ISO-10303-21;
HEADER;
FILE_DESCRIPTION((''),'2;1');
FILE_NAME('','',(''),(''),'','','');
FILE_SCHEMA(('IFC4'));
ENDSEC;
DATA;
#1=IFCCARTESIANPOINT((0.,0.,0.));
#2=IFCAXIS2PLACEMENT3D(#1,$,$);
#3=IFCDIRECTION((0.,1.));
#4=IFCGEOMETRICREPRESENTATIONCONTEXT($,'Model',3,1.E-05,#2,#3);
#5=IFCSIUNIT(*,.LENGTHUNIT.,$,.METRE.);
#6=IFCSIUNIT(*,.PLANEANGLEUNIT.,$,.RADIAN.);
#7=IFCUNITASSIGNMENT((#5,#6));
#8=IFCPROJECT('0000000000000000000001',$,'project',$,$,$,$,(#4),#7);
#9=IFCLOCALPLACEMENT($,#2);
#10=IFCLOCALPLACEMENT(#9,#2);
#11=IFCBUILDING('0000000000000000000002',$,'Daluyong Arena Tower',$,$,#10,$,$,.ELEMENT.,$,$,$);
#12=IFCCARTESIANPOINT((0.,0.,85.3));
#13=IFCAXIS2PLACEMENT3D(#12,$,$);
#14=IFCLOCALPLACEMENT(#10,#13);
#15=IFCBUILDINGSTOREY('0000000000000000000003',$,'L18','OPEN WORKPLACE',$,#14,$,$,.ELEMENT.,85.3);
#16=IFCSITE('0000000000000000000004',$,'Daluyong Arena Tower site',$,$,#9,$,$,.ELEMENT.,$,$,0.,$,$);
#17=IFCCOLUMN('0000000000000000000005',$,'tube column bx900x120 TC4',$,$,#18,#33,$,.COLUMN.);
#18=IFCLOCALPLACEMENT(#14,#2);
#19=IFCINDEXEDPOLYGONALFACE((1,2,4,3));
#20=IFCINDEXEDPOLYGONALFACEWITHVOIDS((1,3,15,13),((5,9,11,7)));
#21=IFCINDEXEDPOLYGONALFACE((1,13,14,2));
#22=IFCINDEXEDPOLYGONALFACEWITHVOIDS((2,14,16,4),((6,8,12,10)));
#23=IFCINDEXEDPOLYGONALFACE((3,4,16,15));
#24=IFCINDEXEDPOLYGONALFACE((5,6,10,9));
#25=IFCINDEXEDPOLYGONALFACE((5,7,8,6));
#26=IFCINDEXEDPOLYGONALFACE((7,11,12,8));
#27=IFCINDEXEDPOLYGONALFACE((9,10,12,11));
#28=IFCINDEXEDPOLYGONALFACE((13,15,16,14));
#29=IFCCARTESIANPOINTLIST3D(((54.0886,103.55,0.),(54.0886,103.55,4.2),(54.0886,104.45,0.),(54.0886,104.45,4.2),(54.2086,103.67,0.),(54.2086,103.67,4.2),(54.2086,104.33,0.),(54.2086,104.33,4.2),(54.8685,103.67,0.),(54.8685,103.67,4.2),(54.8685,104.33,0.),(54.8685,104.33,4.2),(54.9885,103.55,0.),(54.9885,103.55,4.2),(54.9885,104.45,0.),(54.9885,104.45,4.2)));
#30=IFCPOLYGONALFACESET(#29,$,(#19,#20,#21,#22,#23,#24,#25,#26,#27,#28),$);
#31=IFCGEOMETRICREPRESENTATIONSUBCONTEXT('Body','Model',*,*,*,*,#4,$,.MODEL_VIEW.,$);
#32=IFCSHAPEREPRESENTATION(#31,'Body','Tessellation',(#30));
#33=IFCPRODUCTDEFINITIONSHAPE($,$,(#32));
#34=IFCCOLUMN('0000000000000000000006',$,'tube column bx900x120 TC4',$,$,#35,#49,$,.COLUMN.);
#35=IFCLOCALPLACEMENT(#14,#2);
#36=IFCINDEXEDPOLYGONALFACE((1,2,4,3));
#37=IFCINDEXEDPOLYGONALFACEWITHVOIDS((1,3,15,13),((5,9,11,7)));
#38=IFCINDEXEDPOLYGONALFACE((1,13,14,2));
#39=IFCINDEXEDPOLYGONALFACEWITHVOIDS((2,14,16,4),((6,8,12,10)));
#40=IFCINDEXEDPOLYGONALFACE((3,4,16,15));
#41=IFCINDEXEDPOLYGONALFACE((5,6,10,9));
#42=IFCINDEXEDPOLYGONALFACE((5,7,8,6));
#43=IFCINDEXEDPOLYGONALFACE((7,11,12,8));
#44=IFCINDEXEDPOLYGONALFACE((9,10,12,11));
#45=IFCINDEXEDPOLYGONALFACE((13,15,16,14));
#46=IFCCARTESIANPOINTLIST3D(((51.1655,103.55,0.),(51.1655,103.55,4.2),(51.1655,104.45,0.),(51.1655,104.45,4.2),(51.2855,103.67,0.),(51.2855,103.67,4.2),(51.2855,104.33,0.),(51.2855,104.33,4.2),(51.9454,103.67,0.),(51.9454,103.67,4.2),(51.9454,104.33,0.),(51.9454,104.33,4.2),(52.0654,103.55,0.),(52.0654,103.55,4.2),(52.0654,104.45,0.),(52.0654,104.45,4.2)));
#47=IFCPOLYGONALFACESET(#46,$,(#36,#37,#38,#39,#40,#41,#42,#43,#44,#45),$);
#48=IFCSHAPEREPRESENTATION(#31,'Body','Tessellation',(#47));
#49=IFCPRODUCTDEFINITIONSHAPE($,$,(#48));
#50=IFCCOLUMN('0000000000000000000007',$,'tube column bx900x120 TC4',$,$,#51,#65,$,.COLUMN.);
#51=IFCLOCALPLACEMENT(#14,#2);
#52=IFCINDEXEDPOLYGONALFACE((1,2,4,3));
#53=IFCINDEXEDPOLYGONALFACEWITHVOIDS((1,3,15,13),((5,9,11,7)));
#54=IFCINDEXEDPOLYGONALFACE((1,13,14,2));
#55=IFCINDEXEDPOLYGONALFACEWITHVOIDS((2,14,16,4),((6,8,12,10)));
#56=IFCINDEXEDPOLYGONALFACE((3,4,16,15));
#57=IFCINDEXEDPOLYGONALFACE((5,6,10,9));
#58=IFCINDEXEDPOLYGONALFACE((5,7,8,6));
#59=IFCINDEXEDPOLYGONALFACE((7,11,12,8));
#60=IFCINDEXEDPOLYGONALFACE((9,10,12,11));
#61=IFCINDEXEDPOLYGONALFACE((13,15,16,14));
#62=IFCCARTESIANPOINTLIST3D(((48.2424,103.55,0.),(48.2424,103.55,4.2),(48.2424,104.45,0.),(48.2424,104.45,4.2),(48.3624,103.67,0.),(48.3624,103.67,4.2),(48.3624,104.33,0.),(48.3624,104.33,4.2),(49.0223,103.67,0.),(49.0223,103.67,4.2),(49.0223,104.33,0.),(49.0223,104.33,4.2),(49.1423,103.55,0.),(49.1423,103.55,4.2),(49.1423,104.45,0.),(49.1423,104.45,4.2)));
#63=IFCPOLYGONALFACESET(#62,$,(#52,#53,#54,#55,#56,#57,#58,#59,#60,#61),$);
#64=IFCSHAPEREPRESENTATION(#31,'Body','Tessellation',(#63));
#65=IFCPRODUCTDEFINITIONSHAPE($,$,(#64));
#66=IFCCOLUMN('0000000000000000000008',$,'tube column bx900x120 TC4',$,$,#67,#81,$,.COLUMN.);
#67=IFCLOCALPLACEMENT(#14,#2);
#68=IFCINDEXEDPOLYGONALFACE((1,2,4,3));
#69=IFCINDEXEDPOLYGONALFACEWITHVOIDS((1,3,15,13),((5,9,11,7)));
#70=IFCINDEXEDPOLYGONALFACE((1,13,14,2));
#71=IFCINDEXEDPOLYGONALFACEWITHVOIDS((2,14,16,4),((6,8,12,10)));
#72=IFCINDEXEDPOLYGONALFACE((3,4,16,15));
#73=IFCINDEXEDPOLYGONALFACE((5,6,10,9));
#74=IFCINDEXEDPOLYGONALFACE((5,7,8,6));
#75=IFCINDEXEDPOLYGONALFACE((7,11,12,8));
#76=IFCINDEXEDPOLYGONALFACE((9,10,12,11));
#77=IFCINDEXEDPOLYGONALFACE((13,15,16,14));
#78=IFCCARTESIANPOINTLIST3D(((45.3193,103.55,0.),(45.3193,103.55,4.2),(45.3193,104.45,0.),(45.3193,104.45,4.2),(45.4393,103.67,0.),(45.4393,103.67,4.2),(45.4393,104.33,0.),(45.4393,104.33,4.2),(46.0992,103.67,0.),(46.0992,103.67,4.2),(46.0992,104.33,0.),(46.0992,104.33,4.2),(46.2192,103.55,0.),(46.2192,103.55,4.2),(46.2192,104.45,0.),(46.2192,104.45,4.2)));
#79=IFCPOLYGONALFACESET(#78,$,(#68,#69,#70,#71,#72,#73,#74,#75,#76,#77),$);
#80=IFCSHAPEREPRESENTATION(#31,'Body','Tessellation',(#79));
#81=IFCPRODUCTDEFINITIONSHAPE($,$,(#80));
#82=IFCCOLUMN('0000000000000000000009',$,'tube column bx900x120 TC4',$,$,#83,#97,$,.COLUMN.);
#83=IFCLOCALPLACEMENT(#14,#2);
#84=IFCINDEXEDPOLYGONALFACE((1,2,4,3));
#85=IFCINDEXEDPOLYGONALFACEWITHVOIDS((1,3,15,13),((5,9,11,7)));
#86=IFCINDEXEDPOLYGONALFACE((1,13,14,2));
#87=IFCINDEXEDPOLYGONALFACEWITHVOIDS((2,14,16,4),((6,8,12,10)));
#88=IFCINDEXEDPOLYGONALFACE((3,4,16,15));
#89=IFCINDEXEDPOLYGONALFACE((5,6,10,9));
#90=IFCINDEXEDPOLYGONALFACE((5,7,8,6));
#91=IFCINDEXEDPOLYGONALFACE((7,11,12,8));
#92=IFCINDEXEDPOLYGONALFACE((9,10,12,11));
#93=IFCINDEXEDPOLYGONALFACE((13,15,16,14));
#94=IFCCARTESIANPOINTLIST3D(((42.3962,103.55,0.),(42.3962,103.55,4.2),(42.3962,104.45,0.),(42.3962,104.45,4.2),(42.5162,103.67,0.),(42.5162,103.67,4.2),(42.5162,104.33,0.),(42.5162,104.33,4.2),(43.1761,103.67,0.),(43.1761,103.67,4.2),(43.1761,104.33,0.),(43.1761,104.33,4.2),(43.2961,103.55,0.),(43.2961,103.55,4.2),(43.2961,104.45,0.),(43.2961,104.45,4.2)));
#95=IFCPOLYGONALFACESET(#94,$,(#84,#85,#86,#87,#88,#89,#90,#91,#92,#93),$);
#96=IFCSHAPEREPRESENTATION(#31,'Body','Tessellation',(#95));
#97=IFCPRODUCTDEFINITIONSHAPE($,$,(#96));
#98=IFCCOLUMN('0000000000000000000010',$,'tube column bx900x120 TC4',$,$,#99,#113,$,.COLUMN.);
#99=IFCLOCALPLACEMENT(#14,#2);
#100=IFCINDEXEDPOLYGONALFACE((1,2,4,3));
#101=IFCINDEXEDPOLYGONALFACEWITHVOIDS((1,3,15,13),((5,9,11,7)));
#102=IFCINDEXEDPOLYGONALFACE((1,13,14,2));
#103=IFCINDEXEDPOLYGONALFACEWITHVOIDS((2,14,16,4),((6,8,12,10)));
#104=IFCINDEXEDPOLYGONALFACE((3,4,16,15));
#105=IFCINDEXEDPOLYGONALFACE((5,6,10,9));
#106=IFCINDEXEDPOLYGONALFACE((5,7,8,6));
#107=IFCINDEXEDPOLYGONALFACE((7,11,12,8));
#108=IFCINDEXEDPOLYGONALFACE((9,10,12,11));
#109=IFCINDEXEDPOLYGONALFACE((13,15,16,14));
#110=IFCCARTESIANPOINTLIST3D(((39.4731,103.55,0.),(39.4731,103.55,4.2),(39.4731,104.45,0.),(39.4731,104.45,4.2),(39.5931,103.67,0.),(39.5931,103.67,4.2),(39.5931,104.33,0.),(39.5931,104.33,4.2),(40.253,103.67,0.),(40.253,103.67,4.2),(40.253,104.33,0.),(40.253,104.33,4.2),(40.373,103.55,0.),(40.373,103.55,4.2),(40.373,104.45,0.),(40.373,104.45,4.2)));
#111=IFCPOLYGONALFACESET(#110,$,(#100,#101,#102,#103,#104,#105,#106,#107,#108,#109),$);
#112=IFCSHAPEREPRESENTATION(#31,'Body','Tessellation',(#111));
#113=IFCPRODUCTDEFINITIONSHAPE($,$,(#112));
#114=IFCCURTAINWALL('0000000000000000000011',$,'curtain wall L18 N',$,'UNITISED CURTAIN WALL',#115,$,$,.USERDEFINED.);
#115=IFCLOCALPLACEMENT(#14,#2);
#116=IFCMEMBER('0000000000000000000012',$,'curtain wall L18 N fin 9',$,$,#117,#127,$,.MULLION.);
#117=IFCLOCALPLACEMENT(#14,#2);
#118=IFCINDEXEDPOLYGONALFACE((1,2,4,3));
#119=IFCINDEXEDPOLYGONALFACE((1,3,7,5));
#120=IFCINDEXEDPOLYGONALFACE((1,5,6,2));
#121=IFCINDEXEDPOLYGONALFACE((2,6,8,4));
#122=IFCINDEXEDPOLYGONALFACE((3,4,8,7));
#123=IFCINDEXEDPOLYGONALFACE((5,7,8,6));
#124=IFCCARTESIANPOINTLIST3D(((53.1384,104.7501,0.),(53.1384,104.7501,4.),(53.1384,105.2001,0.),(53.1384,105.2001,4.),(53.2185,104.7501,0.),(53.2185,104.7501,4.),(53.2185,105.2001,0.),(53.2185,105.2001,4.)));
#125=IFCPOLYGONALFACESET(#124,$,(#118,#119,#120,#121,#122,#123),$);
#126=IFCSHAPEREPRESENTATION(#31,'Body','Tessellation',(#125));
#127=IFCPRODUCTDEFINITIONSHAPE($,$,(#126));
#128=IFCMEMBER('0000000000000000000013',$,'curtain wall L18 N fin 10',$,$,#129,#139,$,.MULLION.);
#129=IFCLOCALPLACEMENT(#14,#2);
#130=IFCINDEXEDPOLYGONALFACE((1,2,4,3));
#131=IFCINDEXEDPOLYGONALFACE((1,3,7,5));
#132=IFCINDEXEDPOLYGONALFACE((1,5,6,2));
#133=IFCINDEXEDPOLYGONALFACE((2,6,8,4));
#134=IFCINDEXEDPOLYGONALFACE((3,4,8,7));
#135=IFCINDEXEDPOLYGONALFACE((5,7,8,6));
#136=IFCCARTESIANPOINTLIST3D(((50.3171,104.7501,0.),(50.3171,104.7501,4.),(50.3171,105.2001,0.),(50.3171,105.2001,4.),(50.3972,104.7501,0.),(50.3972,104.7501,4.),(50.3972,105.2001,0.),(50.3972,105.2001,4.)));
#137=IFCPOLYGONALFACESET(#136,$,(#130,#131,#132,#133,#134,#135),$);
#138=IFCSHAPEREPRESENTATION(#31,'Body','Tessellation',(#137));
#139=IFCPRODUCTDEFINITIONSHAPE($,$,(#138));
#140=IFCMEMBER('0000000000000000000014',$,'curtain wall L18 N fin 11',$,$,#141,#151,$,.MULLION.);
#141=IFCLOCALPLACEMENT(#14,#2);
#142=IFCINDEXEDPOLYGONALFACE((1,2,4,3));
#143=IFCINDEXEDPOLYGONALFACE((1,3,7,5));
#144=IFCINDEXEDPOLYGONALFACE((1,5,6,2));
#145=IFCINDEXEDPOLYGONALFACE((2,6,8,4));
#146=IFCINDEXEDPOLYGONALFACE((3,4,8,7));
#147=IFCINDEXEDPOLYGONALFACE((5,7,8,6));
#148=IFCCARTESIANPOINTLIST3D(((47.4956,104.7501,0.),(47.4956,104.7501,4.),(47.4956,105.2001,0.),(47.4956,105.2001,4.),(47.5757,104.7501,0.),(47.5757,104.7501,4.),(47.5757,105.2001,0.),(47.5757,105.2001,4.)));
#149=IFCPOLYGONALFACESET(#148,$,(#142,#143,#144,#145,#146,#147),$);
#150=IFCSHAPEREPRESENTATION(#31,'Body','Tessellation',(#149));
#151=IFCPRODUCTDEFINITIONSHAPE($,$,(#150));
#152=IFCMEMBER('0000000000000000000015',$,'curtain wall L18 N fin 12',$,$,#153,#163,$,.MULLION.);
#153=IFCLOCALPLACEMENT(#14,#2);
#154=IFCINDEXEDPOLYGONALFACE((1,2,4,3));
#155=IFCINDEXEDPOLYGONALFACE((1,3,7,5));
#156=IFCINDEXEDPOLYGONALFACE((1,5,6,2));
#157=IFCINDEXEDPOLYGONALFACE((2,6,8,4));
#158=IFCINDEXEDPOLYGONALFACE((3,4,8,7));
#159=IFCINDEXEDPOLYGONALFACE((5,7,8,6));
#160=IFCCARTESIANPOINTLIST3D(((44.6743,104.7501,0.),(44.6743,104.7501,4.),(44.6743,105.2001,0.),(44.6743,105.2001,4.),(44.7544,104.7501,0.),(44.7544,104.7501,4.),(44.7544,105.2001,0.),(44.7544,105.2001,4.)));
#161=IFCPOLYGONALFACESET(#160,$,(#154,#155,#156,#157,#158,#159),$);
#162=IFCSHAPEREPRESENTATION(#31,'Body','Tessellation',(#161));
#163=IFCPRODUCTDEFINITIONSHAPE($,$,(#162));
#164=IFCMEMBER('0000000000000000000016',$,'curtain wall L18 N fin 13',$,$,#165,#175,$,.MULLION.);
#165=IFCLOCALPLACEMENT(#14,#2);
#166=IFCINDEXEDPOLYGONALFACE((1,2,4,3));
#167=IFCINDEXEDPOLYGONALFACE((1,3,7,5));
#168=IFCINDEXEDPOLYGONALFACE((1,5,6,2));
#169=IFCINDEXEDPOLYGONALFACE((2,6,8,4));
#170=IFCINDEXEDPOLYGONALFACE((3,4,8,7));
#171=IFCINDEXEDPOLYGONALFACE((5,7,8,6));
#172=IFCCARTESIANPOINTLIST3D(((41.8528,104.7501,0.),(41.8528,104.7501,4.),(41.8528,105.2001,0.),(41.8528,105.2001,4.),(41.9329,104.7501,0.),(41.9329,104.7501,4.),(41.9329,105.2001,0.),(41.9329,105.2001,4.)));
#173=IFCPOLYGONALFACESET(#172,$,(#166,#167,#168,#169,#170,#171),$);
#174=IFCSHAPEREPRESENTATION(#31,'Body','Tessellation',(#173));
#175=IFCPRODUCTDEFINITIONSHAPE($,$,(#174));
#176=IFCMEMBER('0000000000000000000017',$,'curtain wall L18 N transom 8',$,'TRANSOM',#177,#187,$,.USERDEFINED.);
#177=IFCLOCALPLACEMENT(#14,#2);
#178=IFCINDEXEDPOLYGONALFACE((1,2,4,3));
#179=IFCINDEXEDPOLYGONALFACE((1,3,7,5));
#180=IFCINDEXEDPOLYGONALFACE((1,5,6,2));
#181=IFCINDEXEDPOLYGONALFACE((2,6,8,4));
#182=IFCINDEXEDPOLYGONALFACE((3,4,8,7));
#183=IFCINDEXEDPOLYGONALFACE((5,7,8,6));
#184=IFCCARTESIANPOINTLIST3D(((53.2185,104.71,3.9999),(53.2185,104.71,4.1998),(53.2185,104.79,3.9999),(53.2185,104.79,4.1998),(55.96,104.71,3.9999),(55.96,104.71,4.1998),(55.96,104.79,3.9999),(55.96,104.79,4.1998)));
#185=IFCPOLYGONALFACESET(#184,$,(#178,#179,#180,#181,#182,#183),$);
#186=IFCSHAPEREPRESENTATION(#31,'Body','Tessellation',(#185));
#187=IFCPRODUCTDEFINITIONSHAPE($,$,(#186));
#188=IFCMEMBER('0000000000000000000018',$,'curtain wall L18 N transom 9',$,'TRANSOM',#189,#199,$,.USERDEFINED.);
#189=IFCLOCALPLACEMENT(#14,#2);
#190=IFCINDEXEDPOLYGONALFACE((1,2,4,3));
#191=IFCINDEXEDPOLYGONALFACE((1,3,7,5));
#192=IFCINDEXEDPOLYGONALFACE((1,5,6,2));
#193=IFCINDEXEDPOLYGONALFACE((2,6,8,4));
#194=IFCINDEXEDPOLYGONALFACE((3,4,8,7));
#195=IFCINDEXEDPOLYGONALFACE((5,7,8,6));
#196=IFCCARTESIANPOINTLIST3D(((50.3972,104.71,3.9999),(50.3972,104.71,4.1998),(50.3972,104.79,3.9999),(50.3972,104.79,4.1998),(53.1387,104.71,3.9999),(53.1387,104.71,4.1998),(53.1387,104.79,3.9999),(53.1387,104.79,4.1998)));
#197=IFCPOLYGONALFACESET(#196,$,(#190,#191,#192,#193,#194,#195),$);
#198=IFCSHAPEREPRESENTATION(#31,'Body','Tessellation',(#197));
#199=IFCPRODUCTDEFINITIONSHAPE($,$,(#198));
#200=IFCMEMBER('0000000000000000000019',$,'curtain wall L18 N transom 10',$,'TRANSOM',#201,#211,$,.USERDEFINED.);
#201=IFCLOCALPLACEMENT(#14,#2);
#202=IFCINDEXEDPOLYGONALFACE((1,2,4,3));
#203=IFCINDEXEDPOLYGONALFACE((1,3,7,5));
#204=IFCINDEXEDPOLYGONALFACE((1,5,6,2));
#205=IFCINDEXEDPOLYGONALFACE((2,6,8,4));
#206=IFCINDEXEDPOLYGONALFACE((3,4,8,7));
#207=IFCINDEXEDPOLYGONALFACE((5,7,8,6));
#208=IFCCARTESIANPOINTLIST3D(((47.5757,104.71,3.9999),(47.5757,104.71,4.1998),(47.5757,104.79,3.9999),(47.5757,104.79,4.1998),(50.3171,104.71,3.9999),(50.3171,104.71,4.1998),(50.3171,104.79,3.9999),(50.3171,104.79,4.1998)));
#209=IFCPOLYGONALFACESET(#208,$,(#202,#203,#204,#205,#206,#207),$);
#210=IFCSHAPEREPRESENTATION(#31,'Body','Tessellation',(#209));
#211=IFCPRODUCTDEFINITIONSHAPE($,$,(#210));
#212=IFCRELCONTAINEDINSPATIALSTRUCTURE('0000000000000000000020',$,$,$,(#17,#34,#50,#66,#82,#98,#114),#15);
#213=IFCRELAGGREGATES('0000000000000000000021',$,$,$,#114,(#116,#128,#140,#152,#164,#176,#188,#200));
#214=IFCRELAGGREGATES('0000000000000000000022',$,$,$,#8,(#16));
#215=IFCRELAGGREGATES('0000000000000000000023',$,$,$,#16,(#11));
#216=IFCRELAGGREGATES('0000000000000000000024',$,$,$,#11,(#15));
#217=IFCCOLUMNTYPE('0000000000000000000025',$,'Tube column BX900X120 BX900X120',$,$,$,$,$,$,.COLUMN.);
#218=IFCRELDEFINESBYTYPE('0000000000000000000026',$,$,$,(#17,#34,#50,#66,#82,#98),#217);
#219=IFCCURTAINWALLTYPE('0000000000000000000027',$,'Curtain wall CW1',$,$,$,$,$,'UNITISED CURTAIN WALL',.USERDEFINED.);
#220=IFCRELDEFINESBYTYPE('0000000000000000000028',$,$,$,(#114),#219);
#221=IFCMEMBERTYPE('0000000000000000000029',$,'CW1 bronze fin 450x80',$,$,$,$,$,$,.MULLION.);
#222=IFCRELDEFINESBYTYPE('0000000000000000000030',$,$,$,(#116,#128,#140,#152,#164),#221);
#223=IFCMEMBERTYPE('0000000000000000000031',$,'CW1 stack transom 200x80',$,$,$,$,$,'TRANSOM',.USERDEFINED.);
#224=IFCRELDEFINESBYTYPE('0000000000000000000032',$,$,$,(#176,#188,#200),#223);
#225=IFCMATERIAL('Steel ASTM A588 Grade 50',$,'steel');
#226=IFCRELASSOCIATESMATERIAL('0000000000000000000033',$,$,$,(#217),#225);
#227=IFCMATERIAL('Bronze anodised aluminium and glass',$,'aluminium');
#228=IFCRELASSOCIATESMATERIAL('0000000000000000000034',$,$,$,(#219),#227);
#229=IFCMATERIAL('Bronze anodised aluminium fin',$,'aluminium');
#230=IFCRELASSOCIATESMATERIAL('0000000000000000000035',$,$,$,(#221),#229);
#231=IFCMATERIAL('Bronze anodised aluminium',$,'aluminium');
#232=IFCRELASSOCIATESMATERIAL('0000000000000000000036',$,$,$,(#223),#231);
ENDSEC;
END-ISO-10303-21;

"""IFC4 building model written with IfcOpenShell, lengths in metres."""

from ifc_helpers import new_model, si_unit, direction, frame, origin, origin_2d, place, context, subcontext, project, spatial, rectangle, hollow_rectangle, extrude, material, material_profile, profile_set, type_object, element, aggregate, save


model = new_model("IFC4")

# Units and contexts
model_context = context("Model", 3, precision=1e-05, world=origin(), true_north=direction((0.0, 1.0)))
body_context = subcontext(model_context, "Body", "Model", "MODEL_VIEW")
ifc_project = project(units=[si_unit("LENGTHUNIT", "METRE"), si_unit("PLANEANGLEUNIT", "RADIAN")], contexts=[model_context])

# Site, building, storey
site_placement = place(None, origin())
site = spatial("IfcSite", under=ifc_project, at=site_placement, Name="Daluyong Arena Tower site", CompositionType="ELEMENT", RefElevation=0.0)
building_placement = place(site_placement, origin())
building = spatial("IfcBuilding", under=site, at=building_placement, Name="Daluyong Arena Tower", CompositionType="ELEMENT")
storey_placement = place(building_placement, frame((0.0, 0.0, 85.3)))
storey = spatial("IfcBuildingStorey", under=building, at=storey_placement, Name="L18", Description="OPEN WORKPLACE", CompositionType="ELEMENT", Elevation=85.3)

# Columns
ifc_material_1 = material(Name="Steel ASTM A588 Grade 50", Category="steel")
ifc_material_profile_1 = material_profile(ifc_material_1, hollow_rectangle(XDim=0.8999, YDim=0.8999, WallThickness=0.12, at=origin_2d()))
ifc_profile_set_1 = profile_set([ifc_material_profile_1], Name="Steel ASTM A588 Grade 50")
column_type = type_object("IfcColumnType", Name="Tube column BX900X120 BX900X120", PredefinedType="COLUMN", material=ifc_profile_set_1)
for number, where, z_axis, x_axis, name in (
    (1, (54.5386, 104.0, 0.0), (0.0, 0.0, 1.0), (1.0, 0.0, 0.0), "tube column bx900x120 TC4"),
    (2, (51.6155, 104.0, 0.0), (0.0, 0.0, 1.0), (1.0, 0.0, 0.0), "tube column bx900x120 TC4"),
    (3, (48.6924, 104.0, 0.0), (0.0, 0.0, 1.0), (1.0, 0.0, 0.0), "tube column bx900x120 TC4"),
    (4, (45.7693, 104.0, 0.0), (0.0, 0.0, 1.0), (1.0, 0.0, 0.0), "tube column bx900x120 TC4"),
    (5, (42.8462, 104.0, 0.0), (0.0, 0.0, 1.0), (1.0, 0.0, 0.0), "tube column bx900x120 TC4"),
    (6, (39.9231, 104.0, 0.0), (0.0, 0.0, 1.0), (1.0, 0.0, 0.0), "tube column bx900x120 TC4"),
):
    element("IfcColumn", number, at=place(storey_placement, frame(where, z_axis=z_axis, x_axis=x_axis)), inside=storey, type_object=column_type, Name=name, PredefinedType="COLUMN", context=body_context, shape_type="SweptSolid", body=[
        extrude(hollow_rectangle(XDim=0.8999, YDim=0.8999, WallThickness=0.12, at=origin_2d()), origin(), (0.0, 0.0, 1.0), 4.2),
    ])

# Curtain wall, members
ifc_material_2 = material(Name="Bronze anodised aluminium and glass", Category="aluminium")
curtain_wall_type = type_object("IfcCurtainWallType", Name="Curtain wall CW1", ElementType="UNITISED CURTAIN WALL", PredefinedType="USERDEFINED", material=ifc_material_2)
curtain_wall_placement = place(storey_placement, origin())
curtain_wall = element("IfcCurtainWall", 7, at=curtain_wall_placement, inside=storey, type_object=curtain_wall_type, Name="curtain wall L18 N", ObjectType="UNITISED CURTAIN WALL", PredefinedType="USERDEFINED")
ifc_material_3 = material(Name="Bronze anodised aluminium fin", Category="aluminium")
ifc_material_profile_2 = material_profile(ifc_material_3, rectangle(XDim=0.45, YDim=0.0801, at=origin_2d()))
ifc_profile_set_2 = profile_set([ifc_material_profile_2], Name="Bronze anodised aluminium fin")
member_type_1 = type_object("IfcMemberType", Name="CW1 bronze fin 450x80", PredefinedType="MULLION", material=ifc_profile_set_2)
member_1_placement = place(storey_placement, frame((53.1785, 104.9751, 0.0), z_axis=(0.0, 0.0, 1.0), x_axis=(0.0, -1.0, 0.0)))
member_1 = element("IfcMember", 8, at=member_1_placement, type_object=member_type_1, Name="curtain wall L18 N fin 9", PredefinedType="MULLION", context=body_context, shape_type="SweptSolid", body=[
    extrude(rectangle(XDim=0.45, YDim=0.0801, at=origin_2d()), origin(), (0.0, 0.0, 1.0), 4.0),
])
member_2_placement = place(storey_placement, frame((50.3572, 104.9751, 0.0), z_axis=(0.0, 0.0, 1.0), x_axis=(0.0, -1.0, 0.0)))
member_2 = element("IfcMember", 9, at=member_2_placement, type_object=member_type_1, Name="curtain wall L18 N fin 10", PredefinedType="MULLION", context=body_context, shape_type="SweptSolid", body=[
    extrude(rectangle(XDim=0.45, YDim=0.0801, at=origin_2d()), origin(), (0.0, 0.0, 1.0), 4.0),
])
member_3_placement = place(storey_placement, frame((47.5356, 104.9751, 0.0), z_axis=(0.0, 0.0, 1.0), x_axis=(0.0, -1.0, 0.0)))
member_3 = element("IfcMember", 10, at=member_3_placement, type_object=member_type_1, Name="curtain wall L18 N fin 11", PredefinedType="MULLION", context=body_context, shape_type="SweptSolid", body=[
    extrude(rectangle(XDim=0.45, YDim=0.0801, at=origin_2d()), origin(), (0.0, 0.0, 1.0), 4.0),
])
member_4_placement = place(storey_placement, frame((44.7144, 104.9751, 0.0), z_axis=(0.0, 0.0, 1.0), x_axis=(0.0, -1.0, 0.0)))
member_4 = element("IfcMember", 11, at=member_4_placement, type_object=member_type_1, Name="curtain wall L18 N fin 12", PredefinedType="MULLION", context=body_context, shape_type="SweptSolid", body=[
    extrude(rectangle(XDim=0.45, YDim=0.0801, at=origin_2d()), origin(), (0.0, 0.0, 1.0), 4.0),
])
member_5_placement = place(storey_placement, frame((41.8928, 104.9751, 0.0), z_axis=(0.0, 0.0, 1.0), x_axis=(0.0, -1.0, 0.0)))
member_5 = element("IfcMember", 12, at=member_5_placement, type_object=member_type_1, Name="curtain wall L18 N fin 13", PredefinedType="MULLION", context=body_context, shape_type="SweptSolid", body=[
    extrude(rectangle(XDim=0.45, YDim=0.0801, at=origin_2d()), origin(), (0.0, 0.0, 1.0), 4.0),
])
ifc_material_4 = material(Name="Bronze anodised aluminium", Category="aluminium")
ifc_material_profile_3 = material_profile(ifc_material_4, rectangle(XDim=0.0801, YDim=0.2, at=origin_2d()))
ifc_profile_set_3 = profile_set([ifc_material_profile_3], Name="Bronze anodised aluminium")
member_type_2 = type_object("IfcMemberType", Name="CW1 stack transom 200x80", ElementType="TRANSOM", PredefinedType="USERDEFINED", material=ifc_profile_set_3)
member_6_placement = place(storey_placement, frame((55.96, 104.75, 4.0999), z_axis=(-1.0, 0.0, 0.0), x_axis=(0.0, -1.0, 0.0)))
member_6 = element("IfcMember", 13, at=member_6_placement, type_object=member_type_2, Name="curtain wall L18 N transom 8", ObjectType="TRANSOM", PredefinedType="USERDEFINED", context=body_context, shape_type="SweptSolid", body=[
    extrude(rectangle(XDim=0.0801, YDim=0.2, at=origin_2d()), origin(), (0.0, 0.0, 1.0), 2.7415),
])
member_7_placement = place(storey_placement, frame((53.1387, 104.75, 4.0999), z_axis=(-1.0, 0.0, 0.0), x_axis=(0.0, -1.0, 0.0)))
member_7 = element("IfcMember", 14, at=member_7_placement, type_object=member_type_2, Name="curtain wall L18 N transom 9", ObjectType="TRANSOM", PredefinedType="USERDEFINED", context=body_context, shape_type="SweptSolid", body=[
    extrude(rectangle(XDim=0.0801, YDim=0.2, at=origin_2d()), origin(), (0.0, 0.0, 1.0), 2.7415),
])
member_8_placement = place(storey_placement, frame((50.3171, 104.75, 4.0999), z_axis=(-1.0, 0.0, 0.0), x_axis=(0.0, -1.0, 0.0)))
member_8 = element("IfcMember", 15, at=member_8_placement, type_object=member_type_2, Name="curtain wall L18 N transom 10", ObjectType="TRANSOM", PredefinedType="USERDEFINED", context=body_context, shape_type="SweptSolid", body=[
    extrude(rectangle(XDim=0.0801, YDim=0.2, at=origin_2d()), origin(), (0.0, 0.0, 1.0), 2.7415),
])

aggregate(curtain_wall, [member_1, member_2, member_3, member_4, member_5, member_6, member_7, member_8])

save(model, "model.ifc")
